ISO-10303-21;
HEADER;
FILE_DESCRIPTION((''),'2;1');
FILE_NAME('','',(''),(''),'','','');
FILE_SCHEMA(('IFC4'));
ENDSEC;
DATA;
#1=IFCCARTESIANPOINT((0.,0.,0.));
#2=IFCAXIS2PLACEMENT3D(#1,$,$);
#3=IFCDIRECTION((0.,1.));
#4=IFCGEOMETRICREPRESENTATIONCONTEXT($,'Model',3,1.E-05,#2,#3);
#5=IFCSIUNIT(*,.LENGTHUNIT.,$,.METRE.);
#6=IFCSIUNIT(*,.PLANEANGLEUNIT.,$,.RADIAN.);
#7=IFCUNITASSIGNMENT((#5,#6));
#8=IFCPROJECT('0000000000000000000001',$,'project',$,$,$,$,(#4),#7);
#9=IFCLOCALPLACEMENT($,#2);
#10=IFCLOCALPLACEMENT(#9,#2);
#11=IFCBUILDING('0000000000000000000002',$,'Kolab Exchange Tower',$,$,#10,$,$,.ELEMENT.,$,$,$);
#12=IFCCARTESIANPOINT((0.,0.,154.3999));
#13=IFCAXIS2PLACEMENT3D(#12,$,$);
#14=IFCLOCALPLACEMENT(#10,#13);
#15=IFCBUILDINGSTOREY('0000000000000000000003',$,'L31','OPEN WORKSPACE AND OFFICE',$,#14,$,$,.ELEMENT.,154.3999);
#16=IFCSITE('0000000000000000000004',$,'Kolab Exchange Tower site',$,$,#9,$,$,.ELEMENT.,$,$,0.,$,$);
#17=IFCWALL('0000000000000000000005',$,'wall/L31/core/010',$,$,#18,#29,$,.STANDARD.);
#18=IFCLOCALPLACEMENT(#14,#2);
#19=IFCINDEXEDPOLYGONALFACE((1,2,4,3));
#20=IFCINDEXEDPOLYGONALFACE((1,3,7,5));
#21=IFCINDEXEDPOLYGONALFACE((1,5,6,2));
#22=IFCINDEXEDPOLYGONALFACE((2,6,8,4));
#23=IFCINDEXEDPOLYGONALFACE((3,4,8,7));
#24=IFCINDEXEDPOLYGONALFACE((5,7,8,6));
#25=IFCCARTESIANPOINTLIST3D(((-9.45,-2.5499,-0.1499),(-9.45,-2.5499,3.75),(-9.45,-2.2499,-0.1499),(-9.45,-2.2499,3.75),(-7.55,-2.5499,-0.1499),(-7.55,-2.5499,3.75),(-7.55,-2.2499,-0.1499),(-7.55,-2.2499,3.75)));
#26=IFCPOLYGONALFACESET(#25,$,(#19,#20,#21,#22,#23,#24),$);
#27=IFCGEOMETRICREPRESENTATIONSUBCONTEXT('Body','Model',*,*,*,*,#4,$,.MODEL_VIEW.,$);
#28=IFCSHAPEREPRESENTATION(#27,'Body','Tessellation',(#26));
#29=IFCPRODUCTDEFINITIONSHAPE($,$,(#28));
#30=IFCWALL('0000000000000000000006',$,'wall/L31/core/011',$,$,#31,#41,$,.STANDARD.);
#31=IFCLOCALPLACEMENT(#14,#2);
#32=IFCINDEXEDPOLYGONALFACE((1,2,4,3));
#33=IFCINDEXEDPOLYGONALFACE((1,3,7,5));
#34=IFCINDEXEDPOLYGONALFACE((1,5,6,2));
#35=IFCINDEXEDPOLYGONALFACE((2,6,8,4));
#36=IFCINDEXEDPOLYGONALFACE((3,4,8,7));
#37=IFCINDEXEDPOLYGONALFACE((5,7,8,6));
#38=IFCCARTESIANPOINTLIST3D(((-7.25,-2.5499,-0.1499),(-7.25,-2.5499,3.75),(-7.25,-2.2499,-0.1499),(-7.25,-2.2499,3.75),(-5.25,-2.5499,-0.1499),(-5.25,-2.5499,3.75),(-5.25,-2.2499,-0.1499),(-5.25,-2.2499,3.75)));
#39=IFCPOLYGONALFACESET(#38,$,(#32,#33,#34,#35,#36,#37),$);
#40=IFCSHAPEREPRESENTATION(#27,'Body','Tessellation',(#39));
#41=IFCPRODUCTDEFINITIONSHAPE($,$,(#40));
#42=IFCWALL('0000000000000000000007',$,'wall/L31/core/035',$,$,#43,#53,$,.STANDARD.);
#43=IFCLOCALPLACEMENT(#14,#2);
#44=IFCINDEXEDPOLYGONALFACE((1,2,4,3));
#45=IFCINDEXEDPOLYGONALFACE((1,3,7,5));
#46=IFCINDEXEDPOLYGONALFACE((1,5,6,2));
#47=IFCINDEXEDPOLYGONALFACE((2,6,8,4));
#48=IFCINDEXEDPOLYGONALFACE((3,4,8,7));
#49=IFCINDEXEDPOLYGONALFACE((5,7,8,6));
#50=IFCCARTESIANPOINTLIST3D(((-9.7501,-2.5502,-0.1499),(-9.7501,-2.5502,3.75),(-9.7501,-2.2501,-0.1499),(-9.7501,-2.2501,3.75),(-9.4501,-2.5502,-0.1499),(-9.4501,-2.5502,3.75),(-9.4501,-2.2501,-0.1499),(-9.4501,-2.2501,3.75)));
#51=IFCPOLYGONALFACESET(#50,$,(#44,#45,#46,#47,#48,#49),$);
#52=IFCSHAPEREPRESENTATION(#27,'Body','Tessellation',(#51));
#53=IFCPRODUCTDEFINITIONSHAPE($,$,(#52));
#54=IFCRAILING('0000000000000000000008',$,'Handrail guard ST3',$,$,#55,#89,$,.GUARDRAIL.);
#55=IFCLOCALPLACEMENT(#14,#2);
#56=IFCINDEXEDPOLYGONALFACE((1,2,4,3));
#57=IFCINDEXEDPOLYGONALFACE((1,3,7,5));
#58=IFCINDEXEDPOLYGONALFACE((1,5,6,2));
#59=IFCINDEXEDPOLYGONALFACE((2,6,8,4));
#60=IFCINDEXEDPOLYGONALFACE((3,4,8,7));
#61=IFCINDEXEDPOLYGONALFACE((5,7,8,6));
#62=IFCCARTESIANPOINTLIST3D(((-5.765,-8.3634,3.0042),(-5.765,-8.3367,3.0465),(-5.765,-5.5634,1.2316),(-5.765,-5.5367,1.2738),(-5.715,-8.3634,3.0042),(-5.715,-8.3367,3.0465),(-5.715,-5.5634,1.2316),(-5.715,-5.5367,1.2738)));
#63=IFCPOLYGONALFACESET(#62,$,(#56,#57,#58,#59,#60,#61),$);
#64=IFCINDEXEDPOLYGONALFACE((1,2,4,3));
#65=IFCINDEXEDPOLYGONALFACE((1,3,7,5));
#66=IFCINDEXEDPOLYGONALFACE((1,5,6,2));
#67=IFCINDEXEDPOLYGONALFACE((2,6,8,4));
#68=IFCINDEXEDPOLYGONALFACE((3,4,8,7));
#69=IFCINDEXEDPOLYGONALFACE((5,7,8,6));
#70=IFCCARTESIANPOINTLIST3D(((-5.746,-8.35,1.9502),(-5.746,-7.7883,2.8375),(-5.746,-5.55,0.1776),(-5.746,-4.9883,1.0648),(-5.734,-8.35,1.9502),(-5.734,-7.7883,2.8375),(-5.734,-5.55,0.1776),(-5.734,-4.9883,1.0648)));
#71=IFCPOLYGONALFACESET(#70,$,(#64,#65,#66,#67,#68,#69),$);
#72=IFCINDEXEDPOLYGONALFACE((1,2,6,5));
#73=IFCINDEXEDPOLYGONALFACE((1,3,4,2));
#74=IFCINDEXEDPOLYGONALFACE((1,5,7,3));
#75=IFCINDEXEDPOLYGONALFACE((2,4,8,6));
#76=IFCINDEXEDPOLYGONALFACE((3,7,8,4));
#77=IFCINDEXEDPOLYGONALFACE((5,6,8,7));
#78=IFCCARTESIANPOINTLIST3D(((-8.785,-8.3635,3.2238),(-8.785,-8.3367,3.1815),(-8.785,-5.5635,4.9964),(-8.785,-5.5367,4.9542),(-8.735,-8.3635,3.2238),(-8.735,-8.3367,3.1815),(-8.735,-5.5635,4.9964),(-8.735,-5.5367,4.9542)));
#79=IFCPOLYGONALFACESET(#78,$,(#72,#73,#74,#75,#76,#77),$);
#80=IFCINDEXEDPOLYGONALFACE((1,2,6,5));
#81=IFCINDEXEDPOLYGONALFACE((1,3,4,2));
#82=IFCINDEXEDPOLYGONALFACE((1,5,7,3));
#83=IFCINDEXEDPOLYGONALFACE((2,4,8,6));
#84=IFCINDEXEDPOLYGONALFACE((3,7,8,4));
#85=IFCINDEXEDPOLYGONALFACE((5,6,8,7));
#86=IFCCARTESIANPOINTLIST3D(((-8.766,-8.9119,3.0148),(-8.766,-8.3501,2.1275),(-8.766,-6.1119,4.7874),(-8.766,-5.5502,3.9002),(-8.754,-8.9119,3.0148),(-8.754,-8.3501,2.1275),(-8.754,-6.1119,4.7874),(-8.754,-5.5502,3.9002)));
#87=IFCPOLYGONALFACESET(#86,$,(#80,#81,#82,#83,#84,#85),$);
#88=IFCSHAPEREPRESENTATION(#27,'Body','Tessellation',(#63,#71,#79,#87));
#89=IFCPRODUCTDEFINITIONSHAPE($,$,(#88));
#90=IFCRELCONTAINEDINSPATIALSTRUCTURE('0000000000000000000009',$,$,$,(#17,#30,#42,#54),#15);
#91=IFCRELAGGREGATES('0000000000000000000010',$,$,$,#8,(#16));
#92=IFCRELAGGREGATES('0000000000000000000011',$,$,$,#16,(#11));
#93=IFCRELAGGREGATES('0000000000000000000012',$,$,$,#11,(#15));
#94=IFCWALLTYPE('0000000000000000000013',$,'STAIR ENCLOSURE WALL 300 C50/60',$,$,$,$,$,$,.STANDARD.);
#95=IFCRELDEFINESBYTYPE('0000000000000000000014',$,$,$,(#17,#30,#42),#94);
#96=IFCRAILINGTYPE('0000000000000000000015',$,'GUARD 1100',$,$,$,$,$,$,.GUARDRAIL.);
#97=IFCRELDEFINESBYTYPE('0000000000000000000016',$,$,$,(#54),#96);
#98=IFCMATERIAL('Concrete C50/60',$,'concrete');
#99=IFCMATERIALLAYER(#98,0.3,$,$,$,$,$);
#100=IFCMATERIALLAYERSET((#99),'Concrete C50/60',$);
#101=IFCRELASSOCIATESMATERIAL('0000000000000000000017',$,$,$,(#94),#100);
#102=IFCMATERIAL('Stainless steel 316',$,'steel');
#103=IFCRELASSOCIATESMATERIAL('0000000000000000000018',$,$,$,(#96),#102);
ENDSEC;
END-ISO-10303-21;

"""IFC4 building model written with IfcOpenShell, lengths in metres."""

from ifc_helpers import new_model, si_unit, direction, frame, frame_2d, origin, origin_2d, place, context, subcontext, project, spatial, rectangle, extrude, material, layer, layer_set, type_object, element, save


model = new_model("IFC4")

# Units and contexts
model_context = context("Model", 3, precision=1e-05, world=origin(), true_north=direction((0.0, 1.0)))
body_context = subcontext(model_context, "Body", "Model", "MODEL_VIEW")
ifc_project = project(units=[si_unit("LENGTHUNIT", "METRE"), si_unit("PLANEANGLEUNIT", "RADIAN")], contexts=[model_context])

# Site, building, storey
site_placement = place(None, origin())
site = spatial("IfcSite", under=ifc_project, at=site_placement, Name="Kolab Exchange Tower site", CompositionType="ELEMENT", RefElevation=0.0)
building_placement = place(site_placement, origin())
building = spatial("IfcBuilding", under=site, at=building_placement, Name="Kolab Exchange Tower", CompositionType="ELEMENT")
storey_placement = place(building_placement, frame((0.0, 0.0, 154.3999)))
storey = spatial("IfcBuildingStorey", under=building, at=storey_placement, Name="L31", Description="OPEN WORKSPACE AND OFFICE", CompositionType="ELEMENT", Elevation=154.3999)

# Shared definitions
ifc_material_1 = material(Name="Concrete C50/60", Category="concrete")
ifc_material_2 = material(Name="Stainless steel 316", Category="steel")

# Walls
ifc_layer_1 = layer(ifc_material_1, 0.3)
ifc_layer_set_1 = layer_set([ifc_layer_1], Name="Concrete C50/60")
wall_type_1 = type_object("IfcWallType", Name="STAIR ENCLOSURE WALL 300 C50/60", PredefinedType="STANDARD", material=ifc_layer_set_1)
wall_1_placement = place(storey_placement, frame((-9.45, -2.3999, -0.1499), z_axis=(0.0, 0.0, 1.0), x_axis=(1.0, 0.0, 0.0)))
element("IfcWall", 1, at=wall_1_placement, inside=storey, type_object=wall_type_1, Name="wall/L31/core/010", PredefinedType="STANDARD", context=body_context, shape_type="SweptSolid", body=[
    extrude(rectangle(XDim=1.8999, YDim=0.3, at=frame_2d((0.95, 0.0))), origin(), (0.0, 0.0, 1.0), 3.8999),
])
wall_2_placement = place(storey_placement, frame((-7.25, -2.3999, -0.1499), z_axis=(0.0, 0.0, 1.0), x_axis=(1.0, 0.0, 0.0)))
element("IfcWall", 2, at=wall_2_placement, inside=storey, type_object=wall_type_1, Name="wall/L31/core/011", PredefinedType="STANDARD", context=body_context, shape_type="SweptSolid", body=[
    extrude(rectangle(XDim=2.0, YDim=0.3, at=frame_2d((1.0, 0.0))), origin(), (0.0, 0.0, 1.0), 3.8999),
])
wall_3_placement = place(storey_placement, frame((-9.6001, -2.55, -0.1499), z_axis=(0.0, 0.0, 1.0), x_axis=(0.0, 1.0, 0.0)))
element("IfcWall", 3, at=wall_3_placement, inside=storey, type_object=wall_type_1, Name="wall/L31/core/035", PredefinedType="STANDARD", context=body_context, shape_type="SweptSolid", body=[
    extrude(rectangle(XDim=0.3, YDim=0.3, at=frame_2d((0.1499, 0.0))), origin(), (0.0, 0.0, 1.0), 3.8999),
])

# Railing
railing_type = type_object("IfcRailingType", Name="GUARD 1100", PredefinedType="GUARDRAIL", material=ifc_material_2)
railing_placement = place(storey_placement, frame((-5.74, -5.55, 0.1775)))
element("IfcRailing", 4, at=railing_placement, inside=storey, type_object=railing_type, Name="Handrail guard ST3", PredefinedType="GUARDRAIL", context=body_context, shape_type="SweptSolid", body=[
    extrude(rectangle(XDim=0.05, YDim=0.05, at=origin_2d()), frame((0.0, 0.0, 1.0752), z_axis=(0.0, -0.844909, 0.53491), x_axis=(1.0, 0.0, 0.0)), (0.0, 0.0, 1.0), 3.314),
    extrude(rectangle(XDim=0.012, YDim=1.0501, at=frame_2d((0.0, 0.5251))), frame((0.0, 0.0, 0.0), z_axis=(0.0, -0.844909, 0.53491), x_axis=(1.0, 0.0, 0.0)), (0.0, 0.0, 1.0), 3.314),
    extrude(rectangle(XDim=0.05, YDim=0.05, at=origin_2d()), frame((-3.02, -2.8, 3.0251), z_axis=(0.0, 0.844909, 0.53491), x_axis=(-1.0, 0.0, 0.0)), (0.0, 0.0, 1.0), 3.314),
    extrude(rectangle(XDim=0.012, YDim=1.0501, at=frame_2d((0.0, 0.5251))), frame((-3.02, -2.8, 1.95), z_axis=(0.0, 0.844909, 0.53491), x_axis=(-1.0, 0.0, 0.0)), (0.0, 0.0, 1.0), 3.314),
])

save(model, "model.ifc")
